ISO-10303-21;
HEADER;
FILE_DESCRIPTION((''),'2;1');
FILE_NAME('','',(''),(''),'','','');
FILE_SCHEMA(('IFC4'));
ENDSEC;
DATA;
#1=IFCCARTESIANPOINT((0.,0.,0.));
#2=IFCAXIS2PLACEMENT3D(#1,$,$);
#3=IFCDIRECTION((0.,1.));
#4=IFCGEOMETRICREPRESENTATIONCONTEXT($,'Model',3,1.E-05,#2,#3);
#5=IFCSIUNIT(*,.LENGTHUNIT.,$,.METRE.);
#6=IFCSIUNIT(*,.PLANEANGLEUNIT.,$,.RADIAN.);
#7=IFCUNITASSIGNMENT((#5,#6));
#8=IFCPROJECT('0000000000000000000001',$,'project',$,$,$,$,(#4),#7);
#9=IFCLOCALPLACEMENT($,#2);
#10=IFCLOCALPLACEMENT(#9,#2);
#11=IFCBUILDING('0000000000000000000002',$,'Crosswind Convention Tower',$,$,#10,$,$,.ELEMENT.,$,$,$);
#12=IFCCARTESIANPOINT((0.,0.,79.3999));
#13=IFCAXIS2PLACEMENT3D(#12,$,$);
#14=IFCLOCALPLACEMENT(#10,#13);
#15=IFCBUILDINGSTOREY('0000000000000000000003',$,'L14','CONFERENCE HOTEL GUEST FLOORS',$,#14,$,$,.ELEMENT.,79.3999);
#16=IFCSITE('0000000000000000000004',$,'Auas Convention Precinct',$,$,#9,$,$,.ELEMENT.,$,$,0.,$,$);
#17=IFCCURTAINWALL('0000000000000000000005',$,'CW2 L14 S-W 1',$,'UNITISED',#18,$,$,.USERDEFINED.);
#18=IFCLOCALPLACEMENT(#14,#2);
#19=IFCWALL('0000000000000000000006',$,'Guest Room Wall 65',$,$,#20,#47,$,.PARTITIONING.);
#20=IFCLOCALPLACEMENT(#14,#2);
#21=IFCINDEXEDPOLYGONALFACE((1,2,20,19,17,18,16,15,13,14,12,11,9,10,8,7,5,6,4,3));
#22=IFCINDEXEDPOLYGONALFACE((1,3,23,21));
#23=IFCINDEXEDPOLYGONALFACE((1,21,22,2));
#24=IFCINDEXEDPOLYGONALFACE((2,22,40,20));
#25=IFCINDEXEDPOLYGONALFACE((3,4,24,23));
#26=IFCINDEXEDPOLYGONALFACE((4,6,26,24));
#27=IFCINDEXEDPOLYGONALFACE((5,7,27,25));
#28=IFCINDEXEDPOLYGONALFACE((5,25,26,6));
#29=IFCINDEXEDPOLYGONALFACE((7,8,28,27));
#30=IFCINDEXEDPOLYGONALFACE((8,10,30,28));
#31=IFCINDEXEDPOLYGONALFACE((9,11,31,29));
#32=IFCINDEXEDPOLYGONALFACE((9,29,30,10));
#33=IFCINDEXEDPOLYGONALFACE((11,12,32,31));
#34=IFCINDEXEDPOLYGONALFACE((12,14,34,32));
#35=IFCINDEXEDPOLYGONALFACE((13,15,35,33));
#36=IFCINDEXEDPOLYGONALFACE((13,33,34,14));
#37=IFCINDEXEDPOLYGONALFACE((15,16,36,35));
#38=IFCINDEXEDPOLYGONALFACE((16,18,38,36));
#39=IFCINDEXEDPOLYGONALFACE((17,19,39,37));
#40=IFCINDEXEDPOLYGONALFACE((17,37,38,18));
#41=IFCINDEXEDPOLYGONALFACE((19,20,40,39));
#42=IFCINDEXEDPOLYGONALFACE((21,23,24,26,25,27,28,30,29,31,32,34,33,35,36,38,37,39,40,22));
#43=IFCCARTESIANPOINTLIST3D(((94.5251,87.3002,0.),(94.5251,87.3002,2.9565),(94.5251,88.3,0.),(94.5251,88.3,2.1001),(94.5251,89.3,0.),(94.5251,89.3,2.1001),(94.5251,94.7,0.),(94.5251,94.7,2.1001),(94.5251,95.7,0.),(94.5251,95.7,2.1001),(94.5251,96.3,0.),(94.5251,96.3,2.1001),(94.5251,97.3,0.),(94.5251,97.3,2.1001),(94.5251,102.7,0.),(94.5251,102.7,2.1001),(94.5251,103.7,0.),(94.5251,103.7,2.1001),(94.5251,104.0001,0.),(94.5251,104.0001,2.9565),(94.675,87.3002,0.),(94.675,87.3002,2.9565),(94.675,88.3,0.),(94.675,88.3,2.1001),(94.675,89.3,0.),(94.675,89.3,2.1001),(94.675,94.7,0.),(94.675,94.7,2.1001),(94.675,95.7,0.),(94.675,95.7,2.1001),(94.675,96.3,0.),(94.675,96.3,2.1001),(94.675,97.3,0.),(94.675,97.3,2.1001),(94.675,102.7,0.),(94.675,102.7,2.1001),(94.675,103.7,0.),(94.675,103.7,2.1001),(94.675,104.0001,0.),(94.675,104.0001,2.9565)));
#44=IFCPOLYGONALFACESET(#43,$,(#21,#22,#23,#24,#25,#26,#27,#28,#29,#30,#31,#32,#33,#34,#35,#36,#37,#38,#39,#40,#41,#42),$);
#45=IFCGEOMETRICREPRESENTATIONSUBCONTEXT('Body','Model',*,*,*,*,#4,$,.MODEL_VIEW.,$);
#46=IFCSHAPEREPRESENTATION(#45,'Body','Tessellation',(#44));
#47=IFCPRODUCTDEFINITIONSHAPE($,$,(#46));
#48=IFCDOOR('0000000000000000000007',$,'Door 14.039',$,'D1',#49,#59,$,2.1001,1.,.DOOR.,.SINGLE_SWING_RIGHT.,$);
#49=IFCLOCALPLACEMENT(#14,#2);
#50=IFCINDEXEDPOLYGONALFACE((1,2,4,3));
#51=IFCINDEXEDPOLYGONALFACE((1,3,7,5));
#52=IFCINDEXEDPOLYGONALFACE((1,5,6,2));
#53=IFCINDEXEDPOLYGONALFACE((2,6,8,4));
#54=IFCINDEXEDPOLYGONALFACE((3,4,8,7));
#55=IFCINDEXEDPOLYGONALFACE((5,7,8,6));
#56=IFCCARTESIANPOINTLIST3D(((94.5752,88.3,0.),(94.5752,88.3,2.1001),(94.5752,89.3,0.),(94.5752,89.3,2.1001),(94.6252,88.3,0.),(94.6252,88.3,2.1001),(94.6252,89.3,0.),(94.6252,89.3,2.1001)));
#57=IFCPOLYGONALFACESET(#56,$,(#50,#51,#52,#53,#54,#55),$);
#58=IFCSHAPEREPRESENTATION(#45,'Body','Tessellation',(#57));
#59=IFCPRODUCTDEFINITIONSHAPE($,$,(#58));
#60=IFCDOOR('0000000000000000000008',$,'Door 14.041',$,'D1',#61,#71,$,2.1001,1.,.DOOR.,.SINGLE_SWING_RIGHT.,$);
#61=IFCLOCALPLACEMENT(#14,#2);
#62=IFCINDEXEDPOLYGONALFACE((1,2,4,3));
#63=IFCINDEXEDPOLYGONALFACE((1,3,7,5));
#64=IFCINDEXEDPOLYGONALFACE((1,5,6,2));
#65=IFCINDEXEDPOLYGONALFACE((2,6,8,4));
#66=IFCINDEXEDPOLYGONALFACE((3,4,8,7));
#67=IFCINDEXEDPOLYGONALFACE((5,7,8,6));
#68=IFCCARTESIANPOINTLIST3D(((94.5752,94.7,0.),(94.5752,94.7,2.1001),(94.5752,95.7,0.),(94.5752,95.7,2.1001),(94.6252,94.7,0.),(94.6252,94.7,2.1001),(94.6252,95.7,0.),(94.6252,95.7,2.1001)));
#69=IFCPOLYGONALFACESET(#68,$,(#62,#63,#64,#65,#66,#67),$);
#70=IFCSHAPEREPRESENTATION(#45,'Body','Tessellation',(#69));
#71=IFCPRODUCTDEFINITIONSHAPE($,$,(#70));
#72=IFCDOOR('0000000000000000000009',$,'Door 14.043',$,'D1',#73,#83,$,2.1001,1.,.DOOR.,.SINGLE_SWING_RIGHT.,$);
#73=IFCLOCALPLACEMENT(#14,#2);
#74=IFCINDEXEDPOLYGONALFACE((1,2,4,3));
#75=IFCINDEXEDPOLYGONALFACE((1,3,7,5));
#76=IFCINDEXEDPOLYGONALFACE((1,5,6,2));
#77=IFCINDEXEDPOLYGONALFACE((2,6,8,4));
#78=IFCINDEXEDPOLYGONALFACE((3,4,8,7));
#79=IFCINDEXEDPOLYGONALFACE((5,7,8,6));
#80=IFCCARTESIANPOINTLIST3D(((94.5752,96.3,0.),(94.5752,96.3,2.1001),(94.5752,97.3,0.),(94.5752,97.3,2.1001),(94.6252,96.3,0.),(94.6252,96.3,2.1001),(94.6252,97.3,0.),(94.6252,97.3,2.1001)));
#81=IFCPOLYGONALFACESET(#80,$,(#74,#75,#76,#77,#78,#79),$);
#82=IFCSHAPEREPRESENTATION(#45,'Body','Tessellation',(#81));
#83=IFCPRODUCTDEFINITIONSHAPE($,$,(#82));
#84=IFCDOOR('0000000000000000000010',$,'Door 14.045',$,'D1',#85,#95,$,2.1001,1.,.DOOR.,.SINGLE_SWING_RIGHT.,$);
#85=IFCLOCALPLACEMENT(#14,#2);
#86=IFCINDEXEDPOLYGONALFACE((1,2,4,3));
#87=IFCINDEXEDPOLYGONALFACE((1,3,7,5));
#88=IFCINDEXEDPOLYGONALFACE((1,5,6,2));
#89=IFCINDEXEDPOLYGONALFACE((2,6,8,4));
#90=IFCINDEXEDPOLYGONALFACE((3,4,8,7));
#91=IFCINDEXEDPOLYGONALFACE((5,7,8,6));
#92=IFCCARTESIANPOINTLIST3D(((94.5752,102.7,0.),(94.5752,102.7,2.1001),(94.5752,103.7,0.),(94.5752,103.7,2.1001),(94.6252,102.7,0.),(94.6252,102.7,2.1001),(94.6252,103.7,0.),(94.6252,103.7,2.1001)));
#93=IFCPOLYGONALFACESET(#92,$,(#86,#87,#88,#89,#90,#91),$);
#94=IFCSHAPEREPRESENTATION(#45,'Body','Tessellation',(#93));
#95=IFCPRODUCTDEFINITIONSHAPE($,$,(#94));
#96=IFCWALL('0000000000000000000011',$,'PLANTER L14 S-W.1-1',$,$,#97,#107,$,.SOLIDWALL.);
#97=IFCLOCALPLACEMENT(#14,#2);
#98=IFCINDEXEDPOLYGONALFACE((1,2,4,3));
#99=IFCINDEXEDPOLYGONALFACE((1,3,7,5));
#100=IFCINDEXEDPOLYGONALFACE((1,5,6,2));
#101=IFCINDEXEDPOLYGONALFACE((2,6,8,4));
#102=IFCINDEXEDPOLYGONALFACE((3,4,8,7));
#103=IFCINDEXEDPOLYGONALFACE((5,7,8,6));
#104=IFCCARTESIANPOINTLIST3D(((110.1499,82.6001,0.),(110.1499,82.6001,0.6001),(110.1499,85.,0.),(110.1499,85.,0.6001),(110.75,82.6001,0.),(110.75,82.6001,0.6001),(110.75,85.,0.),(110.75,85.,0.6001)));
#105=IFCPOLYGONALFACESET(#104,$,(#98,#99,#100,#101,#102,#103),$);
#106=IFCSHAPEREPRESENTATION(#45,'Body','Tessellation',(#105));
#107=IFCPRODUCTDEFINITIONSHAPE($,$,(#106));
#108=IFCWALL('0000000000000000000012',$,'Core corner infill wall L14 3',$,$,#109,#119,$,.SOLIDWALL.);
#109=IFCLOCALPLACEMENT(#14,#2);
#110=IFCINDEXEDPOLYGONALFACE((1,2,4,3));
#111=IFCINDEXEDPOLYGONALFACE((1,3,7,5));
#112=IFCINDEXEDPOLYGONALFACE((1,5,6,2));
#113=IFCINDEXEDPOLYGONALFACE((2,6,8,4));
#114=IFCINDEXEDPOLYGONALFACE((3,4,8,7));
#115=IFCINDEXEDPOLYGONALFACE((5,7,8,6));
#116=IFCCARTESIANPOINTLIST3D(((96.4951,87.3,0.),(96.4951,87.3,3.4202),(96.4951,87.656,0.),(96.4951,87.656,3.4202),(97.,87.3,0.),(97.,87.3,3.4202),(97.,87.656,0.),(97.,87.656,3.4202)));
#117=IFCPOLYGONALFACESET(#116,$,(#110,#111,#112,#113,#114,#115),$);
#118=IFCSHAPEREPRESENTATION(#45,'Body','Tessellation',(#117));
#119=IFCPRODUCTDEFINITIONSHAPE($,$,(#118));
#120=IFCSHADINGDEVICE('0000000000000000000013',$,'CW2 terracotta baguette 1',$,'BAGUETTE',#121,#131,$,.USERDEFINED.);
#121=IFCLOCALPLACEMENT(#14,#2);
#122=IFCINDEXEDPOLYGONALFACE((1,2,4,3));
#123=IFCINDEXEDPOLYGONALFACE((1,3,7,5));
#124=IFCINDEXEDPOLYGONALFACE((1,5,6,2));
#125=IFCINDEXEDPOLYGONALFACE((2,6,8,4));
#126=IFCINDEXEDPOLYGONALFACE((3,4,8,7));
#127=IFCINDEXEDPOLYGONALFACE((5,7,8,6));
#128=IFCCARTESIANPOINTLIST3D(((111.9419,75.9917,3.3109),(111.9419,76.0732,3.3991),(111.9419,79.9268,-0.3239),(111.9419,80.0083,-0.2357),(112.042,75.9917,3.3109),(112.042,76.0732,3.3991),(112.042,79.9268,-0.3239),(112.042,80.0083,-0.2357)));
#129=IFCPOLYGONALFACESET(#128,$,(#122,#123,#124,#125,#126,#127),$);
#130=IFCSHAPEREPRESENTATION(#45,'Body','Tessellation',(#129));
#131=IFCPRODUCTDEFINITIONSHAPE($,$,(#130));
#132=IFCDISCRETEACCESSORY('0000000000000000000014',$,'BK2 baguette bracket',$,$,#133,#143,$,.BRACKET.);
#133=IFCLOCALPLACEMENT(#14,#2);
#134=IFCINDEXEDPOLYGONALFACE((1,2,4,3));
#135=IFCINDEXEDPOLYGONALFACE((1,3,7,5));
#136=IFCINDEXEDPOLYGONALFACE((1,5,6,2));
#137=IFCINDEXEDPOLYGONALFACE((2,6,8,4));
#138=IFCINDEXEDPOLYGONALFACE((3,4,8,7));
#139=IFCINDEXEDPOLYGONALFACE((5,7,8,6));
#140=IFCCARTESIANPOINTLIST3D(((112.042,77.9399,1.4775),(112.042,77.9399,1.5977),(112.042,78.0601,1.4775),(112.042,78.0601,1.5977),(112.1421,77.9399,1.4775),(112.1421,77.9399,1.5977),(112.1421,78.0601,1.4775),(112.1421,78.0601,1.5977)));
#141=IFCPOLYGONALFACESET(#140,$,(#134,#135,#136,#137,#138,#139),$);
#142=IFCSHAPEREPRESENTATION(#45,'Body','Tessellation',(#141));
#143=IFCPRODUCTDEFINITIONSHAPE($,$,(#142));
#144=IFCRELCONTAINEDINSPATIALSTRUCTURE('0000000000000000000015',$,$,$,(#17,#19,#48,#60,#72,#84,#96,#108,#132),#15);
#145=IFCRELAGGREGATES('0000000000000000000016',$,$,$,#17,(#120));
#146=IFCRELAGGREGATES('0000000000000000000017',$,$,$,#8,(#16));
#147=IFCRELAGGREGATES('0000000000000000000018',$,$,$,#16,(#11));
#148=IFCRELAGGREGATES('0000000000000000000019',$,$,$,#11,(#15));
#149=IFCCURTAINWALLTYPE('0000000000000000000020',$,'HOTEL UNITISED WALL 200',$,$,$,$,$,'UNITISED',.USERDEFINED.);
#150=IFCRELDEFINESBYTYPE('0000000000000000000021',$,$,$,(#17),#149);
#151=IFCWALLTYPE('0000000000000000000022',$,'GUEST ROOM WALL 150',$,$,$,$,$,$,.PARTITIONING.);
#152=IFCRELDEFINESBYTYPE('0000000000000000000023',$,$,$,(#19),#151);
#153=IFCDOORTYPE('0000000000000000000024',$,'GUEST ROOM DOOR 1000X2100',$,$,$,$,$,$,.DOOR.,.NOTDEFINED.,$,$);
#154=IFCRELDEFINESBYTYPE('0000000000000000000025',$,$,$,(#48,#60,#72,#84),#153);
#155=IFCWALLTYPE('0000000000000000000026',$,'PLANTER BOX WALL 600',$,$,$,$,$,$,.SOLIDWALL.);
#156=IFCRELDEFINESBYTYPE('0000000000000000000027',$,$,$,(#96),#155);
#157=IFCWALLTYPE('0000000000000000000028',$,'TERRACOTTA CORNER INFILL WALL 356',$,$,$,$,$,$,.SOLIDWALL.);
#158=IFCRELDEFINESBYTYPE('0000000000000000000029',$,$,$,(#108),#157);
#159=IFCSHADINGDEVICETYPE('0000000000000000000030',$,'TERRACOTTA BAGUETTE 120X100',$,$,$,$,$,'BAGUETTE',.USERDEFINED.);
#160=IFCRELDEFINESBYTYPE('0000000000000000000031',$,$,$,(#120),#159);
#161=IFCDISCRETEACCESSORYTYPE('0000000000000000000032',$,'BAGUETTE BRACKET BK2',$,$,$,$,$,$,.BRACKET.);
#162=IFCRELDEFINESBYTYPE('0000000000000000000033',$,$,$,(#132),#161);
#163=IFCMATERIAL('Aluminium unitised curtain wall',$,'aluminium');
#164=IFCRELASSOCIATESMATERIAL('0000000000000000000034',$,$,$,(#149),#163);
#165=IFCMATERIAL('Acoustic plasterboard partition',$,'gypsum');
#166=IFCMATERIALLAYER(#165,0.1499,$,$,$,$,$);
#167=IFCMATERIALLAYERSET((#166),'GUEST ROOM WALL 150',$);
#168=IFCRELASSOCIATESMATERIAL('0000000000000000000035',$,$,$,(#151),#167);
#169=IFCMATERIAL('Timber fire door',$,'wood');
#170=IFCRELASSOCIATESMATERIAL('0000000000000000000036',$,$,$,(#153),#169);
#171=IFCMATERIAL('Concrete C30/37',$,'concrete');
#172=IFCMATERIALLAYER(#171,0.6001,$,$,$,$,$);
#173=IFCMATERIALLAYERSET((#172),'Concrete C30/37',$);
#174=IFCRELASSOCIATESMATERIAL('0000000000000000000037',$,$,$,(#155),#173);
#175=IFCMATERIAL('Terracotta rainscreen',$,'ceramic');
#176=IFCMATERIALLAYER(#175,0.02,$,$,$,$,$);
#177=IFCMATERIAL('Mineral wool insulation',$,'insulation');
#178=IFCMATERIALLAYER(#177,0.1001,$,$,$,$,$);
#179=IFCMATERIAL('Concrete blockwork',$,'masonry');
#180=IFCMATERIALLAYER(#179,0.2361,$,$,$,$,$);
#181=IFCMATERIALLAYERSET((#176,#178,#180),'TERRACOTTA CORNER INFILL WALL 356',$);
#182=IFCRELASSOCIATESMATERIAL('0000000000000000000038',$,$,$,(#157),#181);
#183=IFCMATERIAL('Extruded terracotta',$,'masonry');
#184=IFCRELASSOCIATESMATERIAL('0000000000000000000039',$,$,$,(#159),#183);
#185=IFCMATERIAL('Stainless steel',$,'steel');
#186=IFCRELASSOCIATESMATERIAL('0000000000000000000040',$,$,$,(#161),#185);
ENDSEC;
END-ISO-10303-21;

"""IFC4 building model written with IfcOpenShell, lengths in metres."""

from ifc_helpers import new_model, si_unit, direction, frame, frame_2d, origin, origin_2d, place, context, subcontext, project, spatial, rectangle, extrude, material, layer, layer_set, material_profile, profile_set, type_object, element, fill, aggregate, save


model = new_model("IFC4")

# Units and contexts
model_context = context("Model", 3, precision=1e-05, world=origin(), true_north=direction((0.0, 1.0)))
body_context = subcontext(model_context, "Body", "Model", "MODEL_VIEW")
ifc_project = project(units=[si_unit("LENGTHUNIT", "METRE"), si_unit("PLANEANGLEUNIT", "RADIAN")], contexts=[model_context])

# Site, building, storey
site_placement = place(None, origin())
site = spatial("IfcSite", under=ifc_project, at=site_placement, Name="Auas Convention Precinct", CompositionType="ELEMENT", RefElevation=0.0)
building_placement = place(site_placement, origin())
building = spatial("IfcBuilding", under=site, at=building_placement, Name="Crosswind Convention Tower", CompositionType="ELEMENT")
storey_placement = place(building_placement, frame((0.0, 0.0, 79.3999)))
storey = spatial("IfcBuildingStorey", under=building, at=storey_placement, Name="L14", Description="CONFERENCE HOTEL GUEST FLOORS", CompositionType="ELEMENT", Elevation=79.3999)

# Shared definitions
ifc_material_1 = material(Name="Aluminium unitised curtain wall", Category="aluminium")

# Curtain wall
curtain_wall_type_1 = type_object("IfcCurtainWallType", Name="HOTEL UNITISED WALL 200", ElementType="UNITISED", PredefinedType="USERDEFINED", material=ifc_material_1)
curtain_wall_1_placement = place(storey_placement, origin())
curtain_wall_1 = element("IfcCurtainWall", 1, at=curtain_wall_1_placement, inside=storey, type_object=curtain_wall_type_1, Name="CW2 L14 S-W 1", ObjectType="UNITISED", PredefinedType="USERDEFINED")

# Wall, openings, doors
ifc_material_2 = material(Name="Acoustic plasterboard partition", Category="gypsum")
ifc_layer_1 = layer(ifc_material_2, 0.1499)
ifc_layer_set_1 = layer_set([ifc_layer_1], Name="GUEST ROOM WALL 150")
wall_type_1 = type_object("IfcWallType", Name="GUEST ROOM WALL 150", PredefinedType="PARTITIONING", material=ifc_layer_set_1)
wall_1_placement = place(storey_placement, frame((94.6001, 87.3, 0.0), z_axis=(0.0, 0.0, 1.0), x_axis=(0.0, 1.0, 0.0)))
wall_1 = element("IfcWall", 2, at=wall_1_placement, inside=storey, type_object=wall_type_1, Name="Guest Room Wall 65", PredefinedType="PARTITIONING", context=body_context, shape_type="SweptSolid", body=[
    extrude(rectangle(XDim=16.7, YDim=0.1499, at=frame_2d((8.3501, 0.0))), origin(), (0.0, 0.0, 1.0), 2.9565),
])
opening_1_placement = place(wall_1_placement, frame((1.0, 0.0, 0.0)))
opening_1 = element("IfcOpeningElement", 3, at=opening_1_placement, cuts=wall_1, PredefinedType="OPENING", context=body_context, shape_type="SweptSolid", body=[
    extrude(rectangle(XDim=1.0, YDim=2.1001, at=frame_2d((0.5, 1.05))), frame((0.0, 0.085, 0.0), z_axis=(0.0, -1.0, 0.0), x_axis=(1.0, 0.0, 0.0)), (0.0, 0.0, 1.0), 0.1699),
])
opening_2_placement = place(wall_1_placement, frame((7.3999, 0.0, 0.0)))
opening_2 = element("IfcOpeningElement", 4, at=opening_2_placement, cuts=wall_1, PredefinedType="OPENING", context=body_context, shape_type="SweptSolid", body=[
    extrude(rectangle(XDim=1.0, YDim=2.1001, at=frame_2d((0.5, 1.05))), frame((0.0, 0.085, 0.0), z_axis=(0.0, -1.0, 0.0), x_axis=(1.0, 0.0, 0.0)), (0.0, 0.0, 1.0), 0.1699),
])
opening_3_placement = place(wall_1_placement, frame((9.0, 0.0, 0.0)))
opening_3 = element("IfcOpeningElement", 5, at=opening_3_placement, cuts=wall_1, PredefinedType="OPENING", context=body_context, shape_type="SweptSolid", body=[
    extrude(rectangle(XDim=1.0, YDim=2.1001, at=frame_2d((0.5, 1.05))), frame((0.0, 0.085, 0.0), z_axis=(0.0, -1.0, 0.0), x_axis=(1.0, 0.0, 0.0)), (0.0, 0.0, 1.0), 0.1699),
])
opening_4_placement = place(wall_1_placement, frame((15.3999, 0.0, 0.0)))
opening_4 = element("IfcOpeningElement", 6, at=opening_4_placement, cuts=wall_1, PredefinedType="OPENING", context=body_context, shape_type="SweptSolid", body=[
    extrude(rectangle(XDim=1.0, YDim=2.1001, at=frame_2d((0.5, 1.05))), frame((0.0, 0.085, 0.0), z_axis=(0.0, -1.0, 0.0), x_axis=(1.0, 0.0, 0.0)), (0.0, 0.0, 1.0), 0.1699),
])
ifc_material_3 = material(Name="Timber fire door", Category="wood")
door_type = type_object("IfcDoorType", Name="GUEST ROOM DOOR 1000X2100", OperationType="NOTDEFINED", PredefinedType="DOOR", material=ifc_material_3)
door_1_placement = place(opening_1_placement, origin())
door_1 = element("IfcDoor", 7, at=door_1_placement, inside=storey, type_object=door_type, Name="Door 14.039", ObjectType="D1", OperationType="SINGLE_SWING_RIGHT", OverallHeight=2.1001, OverallWidth=1.0, PredefinedType="DOOR", context=body_context, shape_type="SweptSolid", body=[
    extrude(rectangle(XDim=1.0, YDim=2.1001, at=frame_2d((0.5, 1.05))), frame((0.0, 0.0249, 0.0), z_axis=(0.0, -1.0, 0.0), x_axis=(1.0, 0.0, 0.0)), (0.0, 0.0, 1.0), 0.05),
])
fill(opening_1, door_1)
door_2_placement = place(opening_2_placement, origin())
door_2 = element("IfcDoor", 8, at=door_2_placement, inside=storey, type_object=door_type, Name="Door 14.041", ObjectType="D1", OperationType="SINGLE_SWING_RIGHT", OverallHeight=2.1001, OverallWidth=1.0, PredefinedType="DOOR", context=body_context, shape_type="SweptSolid", body=[
    extrude(rectangle(XDim=1.0, YDim=2.1001, at=frame_2d((0.5, 1.05))), frame((0.0, 0.0249, 0.0), z_axis=(0.0, -1.0, 0.0), x_axis=(1.0, 0.0, 0.0)), (0.0, 0.0, 1.0), 0.05),
])
fill(opening_2, door_2)
door_3_placement = place(opening_3_placement, origin())
door_3 = element("IfcDoor", 9, at=door_3_placement, inside=storey, type_object=door_type, Name="Door 14.043", ObjectType="D1", OperationType="SINGLE_SWING_RIGHT", OverallHeight=2.1001, OverallWidth=1.0, PredefinedType="DOOR", context=body_context, shape_type="SweptSolid", body=[
    extrude(rectangle(XDim=1.0, YDim=2.1001, at=frame_2d((0.5, 1.05))), frame((0.0, 0.0249, 0.0), z_axis=(0.0, -1.0, 0.0), x_axis=(1.0, 0.0, 0.0)), (0.0, 0.0, 1.0), 0.05),
])
fill(opening_3, door_3)
door_4_placement = place(opening_4_placement, origin())
door_4 = element("IfcDoor", 10, at=door_4_placement, inside=storey, type_object=door_type, Name="Door 14.045", ObjectType="D1", OperationType="SINGLE_SWING_RIGHT", OverallHeight=2.1001, OverallWidth=1.0, PredefinedType="DOOR", context=body_context, shape_type="SweptSolid", body=[
    extrude(rectangle(XDim=1.0, YDim=2.1001, at=frame_2d((0.5, 1.05))), frame((0.0, 0.0249, 0.0), z_axis=(0.0, -1.0, 0.0), x_axis=(1.0, 0.0, 0.0)), (0.0, 0.0, 1.0), 0.05),
])
fill(opening_4, door_4)

# Walls
ifc_material_4 = material(Name="Concrete C30/37", Category="concrete")
ifc_layer_2 = layer(ifc_material_4, 0.6001)
ifc_layer_set_2 = layer_set([ifc_layer_2], Name="Concrete C30/37")
wall_type_2 = type_object("IfcWallType", Name="PLANTER BOX WALL 600", PredefinedType="SOLIDWALL", material=ifc_layer_set_2)
wall_2_placement = place(storey_placement, frame((110.45, 85.0, 0.0), z_axis=(0.0, 0.0, 1.0), x_axis=(0.0, -1.0, 0.0)))
element("IfcWall", 11, at=wall_2_placement, inside=storey, type_object=wall_type_2, Name="PLANTER L14 S-W.1-1", PredefinedType="SOLIDWALL", context=body_context, shape_type="SweptSolid", body=[
    extrude(rectangle(XDim=2.3999, YDim=0.6001, at=frame_2d((1.2, 0.0))), origin(), (0.0, 0.0, 1.0), 0.6001),
])
ifc_material_5 = material(Name="Terracotta rainscreen", Category="ceramic")
ifc_layer_3 = layer(ifc_material_5, 0.02)
ifc_material_6 = material(Name="Mineral wool insulation", Category="insulation")
ifc_layer_4 = layer(ifc_material_6, 0.1001)
ifc_material_7 = material(Name="Concrete blockwork", Category="masonry")
ifc_layer_5 = layer(ifc_material_7, 0.2361)
ifc_layer_set_3 = layer_set([ifc_layer_3, ifc_layer_4, ifc_layer_5], Name="TERRACOTTA CORNER INFILL WALL 356")
wall_type_3 = type_object("IfcWallType", Name="TERRACOTTA CORNER INFILL WALL 356", PredefinedType="SOLIDWALL", material=ifc_layer_set_3)
wall_3_placement = place(storey_placement, frame((96.4951, 87.478, 0.0), z_axis=(0.0, 0.0, 1.0), x_axis=(1.0, 0.0, 0.0)))
element("IfcWall", 12, at=wall_3_placement, inside=storey, type_object=wall_type_3, Name="Core corner infill wall L14 3", PredefinedType="SOLIDWALL", context=body_context, shape_type="SweptSolid", body=[
    extrude(rectangle(XDim=0.5049, YDim=0.356, at=frame_2d((0.2524, 0.0))), origin(), (0.0, 0.0, 1.0), 3.4202),
])

# Shading device
ifc_material_8 = material(Name="Extruded terracotta", Category="masonry")
ifc_material_profile_1 = material_profile(ifc_material_8, rectangle(XDim=0.1001, YDim=0.1201, at=origin_2d()), Name="TC 100X120")
ifc_profile_set_1 = profile_set([ifc_material_profile_1], Name="Extruded terracotta")
shading_device_type = type_object("IfcShadingDeviceType", Name="TERRACOTTA BAGUETTE 120X100", ElementType="BAGUETTE", PredefinedType="USERDEFINED", material=ifc_profile_set_1)
shading_device_placement = place(storey_placement, frame((111.9919, 79.9675, -0.2798), z_axis=(0.0, -0.73458, 0.678522), x_axis=(1.0, 0.0, 0.0)))
shading_device = element("IfcShadingDevice", 13, at=shading_device_placement, type_object=shading_device_type, Name="CW2 terracotta baguette 1", ObjectType="BAGUETTE", PredefinedType="USERDEFINED", context=body_context, shape_type="SweptSolid", body=[
    extrude(rectangle(XDim=0.1001, YDim=0.1201, at=origin_2d()), origin(), (0.0, 0.0, 1.0), 5.3569),
])
aggregate(curtain_wall_1, [shading_device])

# Discrete accessory
ifc_material_9 = material(Name="Stainless steel", Category="steel")
discrete_accessory_type = type_object("IfcDiscreteAccessoryType", Name="BAGUETTE BRACKET BK2", PredefinedType="BRACKET", material=ifc_material_9)
discrete_accessory_placement = place(storey_placement, frame((112.092, 78.0, 1.4775), z_axis=(0.0, 0.0, 1.0), x_axis=(0.0, -1.0, 0.0)))
element("IfcDiscreteAccessory", 14, at=discrete_accessory_placement, inside=storey, type_object=discrete_accessory_type, Name="BK2 baguette bracket", PredefinedType="BRACKET", context=body_context, shape_type="SweptSolid", body=[
    extrude(rectangle(XDim=0.1201, YDim=0.1001, at=origin_2d()), origin(), (0.0, 0.0, 1.0), 0.1201),
])

save(model, "model.ifc")
